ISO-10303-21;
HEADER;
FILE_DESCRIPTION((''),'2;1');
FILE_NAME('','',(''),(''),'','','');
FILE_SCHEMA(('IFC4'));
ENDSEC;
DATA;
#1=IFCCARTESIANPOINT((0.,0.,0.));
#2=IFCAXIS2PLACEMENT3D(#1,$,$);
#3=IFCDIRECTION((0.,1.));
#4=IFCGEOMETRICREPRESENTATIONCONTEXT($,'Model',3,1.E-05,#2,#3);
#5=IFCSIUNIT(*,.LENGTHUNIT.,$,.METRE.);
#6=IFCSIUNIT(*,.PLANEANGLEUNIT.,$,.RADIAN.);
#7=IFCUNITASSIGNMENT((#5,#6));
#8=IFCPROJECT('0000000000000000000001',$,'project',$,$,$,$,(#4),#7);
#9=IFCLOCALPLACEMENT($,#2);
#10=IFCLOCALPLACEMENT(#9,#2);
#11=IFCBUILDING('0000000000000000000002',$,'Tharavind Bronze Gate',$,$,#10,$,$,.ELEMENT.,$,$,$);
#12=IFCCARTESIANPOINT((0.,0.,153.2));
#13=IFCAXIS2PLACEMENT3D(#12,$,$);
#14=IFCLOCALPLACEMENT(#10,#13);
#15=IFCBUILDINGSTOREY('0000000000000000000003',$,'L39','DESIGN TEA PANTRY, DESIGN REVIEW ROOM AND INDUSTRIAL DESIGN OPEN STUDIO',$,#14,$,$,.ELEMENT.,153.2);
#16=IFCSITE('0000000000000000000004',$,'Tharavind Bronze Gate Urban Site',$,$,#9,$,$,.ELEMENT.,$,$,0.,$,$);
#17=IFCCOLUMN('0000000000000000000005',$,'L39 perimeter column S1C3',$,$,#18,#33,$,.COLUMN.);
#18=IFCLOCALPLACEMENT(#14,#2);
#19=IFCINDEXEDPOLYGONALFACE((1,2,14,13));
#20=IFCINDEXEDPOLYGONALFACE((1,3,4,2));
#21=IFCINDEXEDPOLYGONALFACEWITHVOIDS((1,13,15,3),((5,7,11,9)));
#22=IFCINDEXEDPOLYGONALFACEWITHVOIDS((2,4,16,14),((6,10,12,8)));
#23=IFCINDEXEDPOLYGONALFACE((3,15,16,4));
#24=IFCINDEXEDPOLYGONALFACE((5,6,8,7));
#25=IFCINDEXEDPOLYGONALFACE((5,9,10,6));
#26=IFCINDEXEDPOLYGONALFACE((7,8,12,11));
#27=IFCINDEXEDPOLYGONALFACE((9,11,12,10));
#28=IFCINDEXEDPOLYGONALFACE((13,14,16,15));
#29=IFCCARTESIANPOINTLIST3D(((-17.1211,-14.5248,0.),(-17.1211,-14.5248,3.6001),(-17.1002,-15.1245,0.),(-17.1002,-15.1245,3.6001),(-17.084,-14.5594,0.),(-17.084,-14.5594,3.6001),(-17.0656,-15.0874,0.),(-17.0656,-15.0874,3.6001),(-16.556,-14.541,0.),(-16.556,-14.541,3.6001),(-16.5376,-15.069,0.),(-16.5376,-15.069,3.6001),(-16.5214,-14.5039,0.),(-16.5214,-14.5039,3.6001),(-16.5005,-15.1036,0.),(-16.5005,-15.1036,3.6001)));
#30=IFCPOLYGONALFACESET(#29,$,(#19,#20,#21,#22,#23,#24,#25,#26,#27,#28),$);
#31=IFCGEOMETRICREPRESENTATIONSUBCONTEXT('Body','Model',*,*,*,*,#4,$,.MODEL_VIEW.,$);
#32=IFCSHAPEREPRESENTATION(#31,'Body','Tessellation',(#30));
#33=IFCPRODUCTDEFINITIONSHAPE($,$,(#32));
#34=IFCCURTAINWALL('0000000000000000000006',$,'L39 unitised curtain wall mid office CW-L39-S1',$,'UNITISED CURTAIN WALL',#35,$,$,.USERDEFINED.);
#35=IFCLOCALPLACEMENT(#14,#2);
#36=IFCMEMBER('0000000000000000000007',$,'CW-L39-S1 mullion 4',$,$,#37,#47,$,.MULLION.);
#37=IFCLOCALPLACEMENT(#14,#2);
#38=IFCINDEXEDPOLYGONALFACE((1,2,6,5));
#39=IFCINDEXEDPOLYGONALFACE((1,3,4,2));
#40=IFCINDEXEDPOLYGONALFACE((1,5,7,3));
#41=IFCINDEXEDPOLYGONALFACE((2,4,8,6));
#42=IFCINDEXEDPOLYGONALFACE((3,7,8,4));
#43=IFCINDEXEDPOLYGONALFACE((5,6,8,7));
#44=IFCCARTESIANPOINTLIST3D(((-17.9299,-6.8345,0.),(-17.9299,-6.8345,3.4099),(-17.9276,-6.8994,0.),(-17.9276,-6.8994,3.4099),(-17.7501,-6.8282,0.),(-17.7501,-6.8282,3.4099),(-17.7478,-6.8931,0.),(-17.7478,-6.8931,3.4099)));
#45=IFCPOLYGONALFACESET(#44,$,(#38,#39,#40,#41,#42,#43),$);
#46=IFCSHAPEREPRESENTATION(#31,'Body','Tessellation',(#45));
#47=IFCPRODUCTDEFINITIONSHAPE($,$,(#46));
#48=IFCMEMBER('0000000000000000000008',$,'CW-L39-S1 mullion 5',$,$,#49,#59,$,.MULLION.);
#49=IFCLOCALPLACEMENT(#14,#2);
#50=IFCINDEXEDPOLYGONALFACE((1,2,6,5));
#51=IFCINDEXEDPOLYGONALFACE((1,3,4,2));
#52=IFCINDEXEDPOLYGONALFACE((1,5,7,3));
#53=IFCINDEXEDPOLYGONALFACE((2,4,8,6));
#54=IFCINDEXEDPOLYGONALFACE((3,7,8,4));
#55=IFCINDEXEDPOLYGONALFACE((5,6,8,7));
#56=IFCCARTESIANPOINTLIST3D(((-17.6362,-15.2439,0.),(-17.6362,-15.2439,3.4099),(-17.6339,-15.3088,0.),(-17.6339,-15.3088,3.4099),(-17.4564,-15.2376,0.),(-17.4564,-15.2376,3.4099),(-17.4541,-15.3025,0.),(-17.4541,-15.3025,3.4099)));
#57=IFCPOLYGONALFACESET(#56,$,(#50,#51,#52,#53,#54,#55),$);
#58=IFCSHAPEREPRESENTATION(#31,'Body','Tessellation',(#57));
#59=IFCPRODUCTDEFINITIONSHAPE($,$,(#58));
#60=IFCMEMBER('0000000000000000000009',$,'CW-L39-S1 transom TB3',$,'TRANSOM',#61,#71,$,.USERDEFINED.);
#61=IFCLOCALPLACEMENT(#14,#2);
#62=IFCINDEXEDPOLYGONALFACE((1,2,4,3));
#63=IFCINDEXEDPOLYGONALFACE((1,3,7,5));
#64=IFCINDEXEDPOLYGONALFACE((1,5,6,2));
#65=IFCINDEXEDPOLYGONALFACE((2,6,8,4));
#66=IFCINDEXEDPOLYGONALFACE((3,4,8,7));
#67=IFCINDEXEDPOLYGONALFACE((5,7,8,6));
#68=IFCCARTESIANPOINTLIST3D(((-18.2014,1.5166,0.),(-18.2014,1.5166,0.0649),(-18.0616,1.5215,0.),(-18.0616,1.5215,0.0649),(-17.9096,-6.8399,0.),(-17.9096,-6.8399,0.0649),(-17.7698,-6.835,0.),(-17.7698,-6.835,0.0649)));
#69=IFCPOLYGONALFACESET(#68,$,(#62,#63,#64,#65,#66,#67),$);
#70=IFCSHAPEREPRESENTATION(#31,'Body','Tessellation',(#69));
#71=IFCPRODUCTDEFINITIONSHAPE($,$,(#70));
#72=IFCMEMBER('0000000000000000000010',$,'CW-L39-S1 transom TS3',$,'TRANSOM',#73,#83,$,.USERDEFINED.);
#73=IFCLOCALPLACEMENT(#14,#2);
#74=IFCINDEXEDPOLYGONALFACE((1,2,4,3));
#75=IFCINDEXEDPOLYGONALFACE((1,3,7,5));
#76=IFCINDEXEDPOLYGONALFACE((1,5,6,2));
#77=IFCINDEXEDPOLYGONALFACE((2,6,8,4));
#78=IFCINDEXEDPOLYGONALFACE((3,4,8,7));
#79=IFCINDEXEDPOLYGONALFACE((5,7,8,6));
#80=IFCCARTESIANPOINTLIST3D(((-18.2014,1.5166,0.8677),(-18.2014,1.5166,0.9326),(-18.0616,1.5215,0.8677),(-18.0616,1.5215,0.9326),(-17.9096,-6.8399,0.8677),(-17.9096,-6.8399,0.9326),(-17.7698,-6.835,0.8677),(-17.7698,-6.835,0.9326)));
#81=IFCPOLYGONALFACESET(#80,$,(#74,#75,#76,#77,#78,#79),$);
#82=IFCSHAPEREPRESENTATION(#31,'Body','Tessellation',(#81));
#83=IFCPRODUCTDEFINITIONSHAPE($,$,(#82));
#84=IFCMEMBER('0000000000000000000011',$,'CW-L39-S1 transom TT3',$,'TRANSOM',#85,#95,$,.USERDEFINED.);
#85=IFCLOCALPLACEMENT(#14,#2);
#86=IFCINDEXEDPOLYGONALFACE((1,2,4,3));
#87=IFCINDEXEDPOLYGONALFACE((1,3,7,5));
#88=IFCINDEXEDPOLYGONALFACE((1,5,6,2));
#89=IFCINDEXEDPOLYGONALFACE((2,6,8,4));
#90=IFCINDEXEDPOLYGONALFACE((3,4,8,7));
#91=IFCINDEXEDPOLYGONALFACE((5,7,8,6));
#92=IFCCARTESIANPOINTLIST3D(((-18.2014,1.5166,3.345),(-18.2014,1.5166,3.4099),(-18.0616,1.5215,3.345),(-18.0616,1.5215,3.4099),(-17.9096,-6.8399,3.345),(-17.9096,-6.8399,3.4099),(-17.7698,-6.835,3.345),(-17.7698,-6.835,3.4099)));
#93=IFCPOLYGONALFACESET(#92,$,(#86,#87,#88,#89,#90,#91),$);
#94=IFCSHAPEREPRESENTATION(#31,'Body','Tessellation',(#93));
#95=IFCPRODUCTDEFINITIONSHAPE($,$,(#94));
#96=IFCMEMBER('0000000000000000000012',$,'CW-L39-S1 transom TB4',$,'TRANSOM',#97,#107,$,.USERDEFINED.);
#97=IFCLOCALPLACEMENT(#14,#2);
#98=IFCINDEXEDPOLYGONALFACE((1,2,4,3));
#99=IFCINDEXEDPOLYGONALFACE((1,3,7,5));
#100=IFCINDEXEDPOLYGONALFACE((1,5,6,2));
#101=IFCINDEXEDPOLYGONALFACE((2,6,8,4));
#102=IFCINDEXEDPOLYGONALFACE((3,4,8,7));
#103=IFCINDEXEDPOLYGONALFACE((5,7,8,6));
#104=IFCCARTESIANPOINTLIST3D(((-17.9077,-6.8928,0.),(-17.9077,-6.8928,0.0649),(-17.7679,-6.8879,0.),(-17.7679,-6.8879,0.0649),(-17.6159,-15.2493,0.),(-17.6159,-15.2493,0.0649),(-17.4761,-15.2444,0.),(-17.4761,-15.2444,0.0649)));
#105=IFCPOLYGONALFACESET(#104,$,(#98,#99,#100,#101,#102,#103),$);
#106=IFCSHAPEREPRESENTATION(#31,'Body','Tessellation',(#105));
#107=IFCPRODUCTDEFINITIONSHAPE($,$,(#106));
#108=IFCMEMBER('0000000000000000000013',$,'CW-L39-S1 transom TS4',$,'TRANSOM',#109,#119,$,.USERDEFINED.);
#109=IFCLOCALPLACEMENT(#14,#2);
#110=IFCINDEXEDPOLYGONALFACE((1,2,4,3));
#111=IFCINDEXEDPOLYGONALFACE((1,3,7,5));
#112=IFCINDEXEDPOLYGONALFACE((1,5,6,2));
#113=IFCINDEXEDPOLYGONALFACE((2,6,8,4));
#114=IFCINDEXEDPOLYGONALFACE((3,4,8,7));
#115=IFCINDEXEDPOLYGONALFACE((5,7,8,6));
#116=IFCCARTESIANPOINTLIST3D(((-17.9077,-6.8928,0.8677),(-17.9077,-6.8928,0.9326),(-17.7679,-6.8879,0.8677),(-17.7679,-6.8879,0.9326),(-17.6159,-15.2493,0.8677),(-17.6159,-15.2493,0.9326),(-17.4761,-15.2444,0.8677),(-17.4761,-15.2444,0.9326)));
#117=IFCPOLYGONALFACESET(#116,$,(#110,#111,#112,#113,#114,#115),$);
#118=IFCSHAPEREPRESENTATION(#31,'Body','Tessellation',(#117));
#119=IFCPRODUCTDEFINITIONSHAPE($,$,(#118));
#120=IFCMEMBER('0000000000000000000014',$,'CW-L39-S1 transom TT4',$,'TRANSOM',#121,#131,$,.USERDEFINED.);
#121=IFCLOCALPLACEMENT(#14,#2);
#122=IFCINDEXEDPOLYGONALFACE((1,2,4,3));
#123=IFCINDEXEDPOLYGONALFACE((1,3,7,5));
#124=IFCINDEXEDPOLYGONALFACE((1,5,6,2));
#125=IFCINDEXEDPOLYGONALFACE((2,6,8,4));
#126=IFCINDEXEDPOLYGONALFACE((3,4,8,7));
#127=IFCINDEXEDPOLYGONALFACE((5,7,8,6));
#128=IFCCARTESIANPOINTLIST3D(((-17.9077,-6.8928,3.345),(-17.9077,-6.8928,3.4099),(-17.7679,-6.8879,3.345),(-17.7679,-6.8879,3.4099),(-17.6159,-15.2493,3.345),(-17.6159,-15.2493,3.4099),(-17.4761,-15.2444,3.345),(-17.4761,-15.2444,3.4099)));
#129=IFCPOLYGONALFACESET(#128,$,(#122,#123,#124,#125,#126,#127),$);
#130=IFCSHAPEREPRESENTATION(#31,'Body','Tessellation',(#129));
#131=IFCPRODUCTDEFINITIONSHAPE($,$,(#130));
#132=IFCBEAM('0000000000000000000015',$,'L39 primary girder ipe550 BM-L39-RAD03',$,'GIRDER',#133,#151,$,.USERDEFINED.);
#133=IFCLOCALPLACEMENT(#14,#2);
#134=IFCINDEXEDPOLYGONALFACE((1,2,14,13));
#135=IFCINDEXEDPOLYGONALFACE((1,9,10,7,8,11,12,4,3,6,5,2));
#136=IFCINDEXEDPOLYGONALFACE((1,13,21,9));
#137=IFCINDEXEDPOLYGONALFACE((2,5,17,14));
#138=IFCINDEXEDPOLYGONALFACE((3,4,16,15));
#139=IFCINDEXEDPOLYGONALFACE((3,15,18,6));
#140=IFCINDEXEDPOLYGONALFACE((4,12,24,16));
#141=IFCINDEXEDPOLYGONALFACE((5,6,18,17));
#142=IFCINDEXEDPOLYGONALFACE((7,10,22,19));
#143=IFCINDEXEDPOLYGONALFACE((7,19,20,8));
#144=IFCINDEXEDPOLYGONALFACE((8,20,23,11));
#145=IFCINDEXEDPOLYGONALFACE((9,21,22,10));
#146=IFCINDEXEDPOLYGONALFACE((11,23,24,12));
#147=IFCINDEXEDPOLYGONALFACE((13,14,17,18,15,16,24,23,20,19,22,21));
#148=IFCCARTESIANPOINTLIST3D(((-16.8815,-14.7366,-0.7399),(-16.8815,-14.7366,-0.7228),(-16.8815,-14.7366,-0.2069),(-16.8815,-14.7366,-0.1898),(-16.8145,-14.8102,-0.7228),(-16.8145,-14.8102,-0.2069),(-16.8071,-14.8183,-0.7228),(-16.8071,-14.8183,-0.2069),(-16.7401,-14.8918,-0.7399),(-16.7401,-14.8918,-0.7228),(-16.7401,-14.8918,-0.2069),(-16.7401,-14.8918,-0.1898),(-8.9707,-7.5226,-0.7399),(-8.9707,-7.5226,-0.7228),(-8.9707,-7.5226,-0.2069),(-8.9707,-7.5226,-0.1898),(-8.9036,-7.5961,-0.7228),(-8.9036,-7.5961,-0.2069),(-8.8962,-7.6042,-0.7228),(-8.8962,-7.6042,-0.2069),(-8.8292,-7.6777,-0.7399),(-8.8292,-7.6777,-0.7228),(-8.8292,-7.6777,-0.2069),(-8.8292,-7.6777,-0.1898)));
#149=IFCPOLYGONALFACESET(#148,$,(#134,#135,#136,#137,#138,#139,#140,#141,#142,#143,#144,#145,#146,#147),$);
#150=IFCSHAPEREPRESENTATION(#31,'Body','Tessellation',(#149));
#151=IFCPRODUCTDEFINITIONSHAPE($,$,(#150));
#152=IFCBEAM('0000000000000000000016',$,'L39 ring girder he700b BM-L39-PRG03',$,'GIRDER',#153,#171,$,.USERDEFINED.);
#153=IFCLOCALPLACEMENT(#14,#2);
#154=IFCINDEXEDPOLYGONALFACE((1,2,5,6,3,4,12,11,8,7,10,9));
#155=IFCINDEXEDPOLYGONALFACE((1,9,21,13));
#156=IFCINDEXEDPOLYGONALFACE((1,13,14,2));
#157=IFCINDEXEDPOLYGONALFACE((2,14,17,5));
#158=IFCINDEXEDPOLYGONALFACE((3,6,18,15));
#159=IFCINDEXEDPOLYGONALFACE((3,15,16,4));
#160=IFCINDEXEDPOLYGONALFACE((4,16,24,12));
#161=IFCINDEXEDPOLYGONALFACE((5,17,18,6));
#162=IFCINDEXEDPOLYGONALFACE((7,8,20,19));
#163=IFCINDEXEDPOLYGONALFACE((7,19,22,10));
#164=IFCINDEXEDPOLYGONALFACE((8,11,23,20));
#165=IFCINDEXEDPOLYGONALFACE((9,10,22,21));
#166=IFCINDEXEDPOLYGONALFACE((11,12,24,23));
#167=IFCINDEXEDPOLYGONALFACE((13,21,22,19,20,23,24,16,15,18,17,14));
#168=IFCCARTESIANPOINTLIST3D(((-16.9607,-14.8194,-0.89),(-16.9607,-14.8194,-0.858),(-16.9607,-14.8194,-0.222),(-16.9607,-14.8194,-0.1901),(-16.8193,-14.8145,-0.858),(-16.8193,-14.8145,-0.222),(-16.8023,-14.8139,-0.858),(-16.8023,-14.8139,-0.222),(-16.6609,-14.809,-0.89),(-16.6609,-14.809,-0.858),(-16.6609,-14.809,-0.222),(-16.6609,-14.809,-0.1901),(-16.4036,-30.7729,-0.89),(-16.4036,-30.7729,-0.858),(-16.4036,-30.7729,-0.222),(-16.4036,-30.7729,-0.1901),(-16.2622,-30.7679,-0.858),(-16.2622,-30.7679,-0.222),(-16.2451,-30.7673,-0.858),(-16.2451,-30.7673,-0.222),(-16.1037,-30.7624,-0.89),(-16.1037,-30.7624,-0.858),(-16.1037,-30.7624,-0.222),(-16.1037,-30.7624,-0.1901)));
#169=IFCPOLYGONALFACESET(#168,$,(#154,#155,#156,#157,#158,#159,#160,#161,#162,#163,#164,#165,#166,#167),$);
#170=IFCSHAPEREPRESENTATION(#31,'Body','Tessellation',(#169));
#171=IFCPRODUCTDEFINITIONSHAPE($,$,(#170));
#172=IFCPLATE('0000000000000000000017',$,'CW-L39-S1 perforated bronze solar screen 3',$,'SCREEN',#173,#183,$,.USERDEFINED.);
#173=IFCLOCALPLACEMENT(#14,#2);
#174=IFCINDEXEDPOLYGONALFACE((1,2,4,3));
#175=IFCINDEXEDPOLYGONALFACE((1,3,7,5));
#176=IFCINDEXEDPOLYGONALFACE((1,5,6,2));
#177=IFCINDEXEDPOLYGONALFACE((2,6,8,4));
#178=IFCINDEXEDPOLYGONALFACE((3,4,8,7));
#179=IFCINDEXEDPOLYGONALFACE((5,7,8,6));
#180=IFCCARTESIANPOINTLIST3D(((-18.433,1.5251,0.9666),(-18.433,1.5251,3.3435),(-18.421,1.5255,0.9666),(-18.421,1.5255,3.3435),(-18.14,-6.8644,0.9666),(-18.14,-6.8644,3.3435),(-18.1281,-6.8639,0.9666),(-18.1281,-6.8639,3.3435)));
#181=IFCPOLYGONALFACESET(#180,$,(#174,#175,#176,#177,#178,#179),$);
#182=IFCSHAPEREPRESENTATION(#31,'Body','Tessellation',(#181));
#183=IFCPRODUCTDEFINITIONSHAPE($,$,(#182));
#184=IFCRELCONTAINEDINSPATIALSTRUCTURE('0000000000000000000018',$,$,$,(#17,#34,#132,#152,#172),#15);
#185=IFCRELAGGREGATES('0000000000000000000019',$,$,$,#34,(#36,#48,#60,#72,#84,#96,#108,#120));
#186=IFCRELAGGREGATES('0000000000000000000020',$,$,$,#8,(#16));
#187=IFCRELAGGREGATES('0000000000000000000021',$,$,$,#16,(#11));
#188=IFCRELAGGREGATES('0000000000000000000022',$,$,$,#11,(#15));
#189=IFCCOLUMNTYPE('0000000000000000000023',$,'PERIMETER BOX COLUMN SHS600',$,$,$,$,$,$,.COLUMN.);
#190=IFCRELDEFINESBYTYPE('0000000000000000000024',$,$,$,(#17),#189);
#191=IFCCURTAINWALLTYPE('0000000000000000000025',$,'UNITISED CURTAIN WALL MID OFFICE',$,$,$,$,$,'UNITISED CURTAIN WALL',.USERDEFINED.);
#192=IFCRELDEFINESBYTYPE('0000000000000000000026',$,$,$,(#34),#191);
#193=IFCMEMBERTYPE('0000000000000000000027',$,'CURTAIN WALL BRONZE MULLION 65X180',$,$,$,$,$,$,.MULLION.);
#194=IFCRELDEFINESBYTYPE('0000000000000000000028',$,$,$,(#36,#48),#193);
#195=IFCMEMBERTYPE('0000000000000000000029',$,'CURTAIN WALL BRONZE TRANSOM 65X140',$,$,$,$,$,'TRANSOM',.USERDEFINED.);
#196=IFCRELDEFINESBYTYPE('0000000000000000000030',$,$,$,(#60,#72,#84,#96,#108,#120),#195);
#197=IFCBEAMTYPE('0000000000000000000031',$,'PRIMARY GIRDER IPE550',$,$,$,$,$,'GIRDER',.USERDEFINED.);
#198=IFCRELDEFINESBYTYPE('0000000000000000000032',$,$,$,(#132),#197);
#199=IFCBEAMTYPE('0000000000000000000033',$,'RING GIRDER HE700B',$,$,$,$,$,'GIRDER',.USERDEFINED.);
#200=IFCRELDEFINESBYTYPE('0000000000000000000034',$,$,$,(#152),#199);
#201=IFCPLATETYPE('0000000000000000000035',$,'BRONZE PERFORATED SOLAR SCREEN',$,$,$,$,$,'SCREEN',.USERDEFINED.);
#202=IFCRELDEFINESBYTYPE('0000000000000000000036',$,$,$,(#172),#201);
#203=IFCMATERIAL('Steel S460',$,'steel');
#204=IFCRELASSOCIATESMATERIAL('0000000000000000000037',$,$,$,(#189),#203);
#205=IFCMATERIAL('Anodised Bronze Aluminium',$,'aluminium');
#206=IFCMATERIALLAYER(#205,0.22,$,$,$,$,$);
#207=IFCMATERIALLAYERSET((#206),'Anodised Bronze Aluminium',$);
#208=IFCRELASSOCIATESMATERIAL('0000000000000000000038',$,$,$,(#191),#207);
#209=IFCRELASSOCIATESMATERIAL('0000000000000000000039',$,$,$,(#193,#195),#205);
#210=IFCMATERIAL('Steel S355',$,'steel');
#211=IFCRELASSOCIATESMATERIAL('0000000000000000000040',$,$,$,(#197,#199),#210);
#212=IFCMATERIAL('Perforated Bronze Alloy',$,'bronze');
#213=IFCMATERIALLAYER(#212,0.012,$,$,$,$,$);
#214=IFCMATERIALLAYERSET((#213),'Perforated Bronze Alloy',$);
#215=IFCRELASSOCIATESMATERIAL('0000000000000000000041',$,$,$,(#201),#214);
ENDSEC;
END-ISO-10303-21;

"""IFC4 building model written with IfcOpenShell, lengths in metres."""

from ifc_helpers import new_model, si_unit, direction, frame, origin, origin_2d, place, context, subcontext, project, spatial, rectangle, hollow_rectangle, i_section, extrude, material, layer, layer_set, material_profile, profile_set, type_object, element, aggregate, save


model = new_model("IFC4")

# Units and contexts
model_context = context("Model", 3, precision=1e-05, world=origin(), true_north=direction((0.0, 1.0)))
body_context = subcontext(model_context, "Body", "Model", "MODEL_VIEW")
ifc_project = project(units=[si_unit("LENGTHUNIT", "METRE"), si_unit("PLANEANGLEUNIT", "RADIAN")], contexts=[model_context])

# Site, building, storey
site_placement = place(None, origin())
site = spatial("IfcSite", under=ifc_project, at=site_placement, Name="Tharavind Bronze Gate Urban Site", CompositionType="ELEMENT", RefElevation=0.0)
building_placement = place(site_placement, origin())
building = spatial("IfcBuilding", under=site, at=building_placement, Name="Tharavind Bronze Gate", CompositionType="ELEMENT")
storey_placement = place(building_placement, frame((0.0, 0.0, 153.2)))
storey = spatial("IfcBuildingStorey", under=building, at=storey_placement, Name="L39", Description="DESIGN TEA PANTRY, DESIGN REVIEW ROOM AND INDUSTRIAL DESIGN OPEN STUDIO", CompositionType="ELEMENT", Elevation=153.2)

# Column
ifc_material_1 = material(Name="Steel S460", Category="steel")
ifc_material_profile_1 = material_profile(ifc_material_1, hollow_rectangle(XDim=0.6001, YDim=0.6001, WallThickness=0.0359, at=origin_2d()), Name="SHS600X36")
ifc_profile_set_1 = profile_set([ifc_material_profile_1], Name="Steel S460")
column_type = type_object("IfcColumnType", Name="PERIMETER BOX COLUMN SHS600", PredefinedType="COLUMN", material=ifc_profile_set_1)
column_placement = place(storey_placement, frame((-16.8108, -14.8142, 0.0), z_axis=(0.0, 0.0, 1.0), x_axis=(-0.034899, 0.999391, 0.0)))
element("IfcColumn", 1, at=column_placement, inside=storey, type_object=column_type, Name="L39 perimeter column S1C3", PredefinedType="COLUMN", context=body_context, shape_type="SweptSolid", body=[
    extrude(hollow_rectangle(XDim=0.6001, YDim=0.6001, WallThickness=0.0359, at=origin_2d()), origin(), (0.0, 0.0, 1.0), 3.6001),
])

# Curtain wall, members
ifc_material_2 = material(Name="Anodised Bronze Aluminium", Category="aluminium")
ifc_layer_1 = layer(ifc_material_2, 0.22)
ifc_layer_set_1 = layer_set([ifc_layer_1], Name="Anodised Bronze Aluminium")
curtain_wall_type = type_object("IfcCurtainWallType", Name="UNITISED CURTAIN WALL MID OFFICE", ElementType="UNITISED CURTAIN WALL", PredefinedType="USERDEFINED", material=ifc_layer_set_1)
curtain_wall_placement = place(storey_placement, origin())
curtain_wall = element("IfcCurtainWall", 2, at=curtain_wall_placement, inside=storey, type_object=curtain_wall_type, Name="L39 unitised curtain wall mid office CW-L39-S1", ObjectType="UNITISED CURTAIN WALL", PredefinedType="USERDEFINED")
member_type_1 = type_object("IfcMemberType", Name="CURTAIN WALL BRONZE MULLION 65X180", PredefinedType="MULLION", material=ifc_material_2)
member_1_placement = place(storey_placement, frame((-17.8389, -6.8638, 0.0), z_axis=(0.0, 0.0, 1.0), x_axis=(0.034899, -0.999391, 0.0)))
member_1 = element("IfcMember", 3, at=member_1_placement, type_object=member_type_1, Name="CW-L39-S1 mullion 4", PredefinedType="MULLION", context=body_context, shape_type="SweptSolid", body=[
    extrude(rectangle(XDim=0.0649, YDim=0.1799, at=origin_2d()), origin(), (0.0, 0.0, 1.0), 3.4099),
])
member_2_placement = place(storey_placement, frame((-17.5452, -15.2732, 0.0), z_axis=(0.0, 0.0, 1.0), x_axis=(0.034899, -0.999391, 0.0)))
member_2 = element("IfcMember", 4, at=member_2_placement, type_object=member_type_1, Name="CW-L39-S1 mullion 5", PredefinedType="MULLION", context=body_context, shape_type="SweptSolid", body=[
    extrude(rectangle(XDim=0.0649, YDim=0.1799, at=origin_2d()), origin(), (0.0, 0.0, 1.0), 3.4099),
])
member_type_2 = type_object("IfcMemberType", Name="CURTAIN WALL BRONZE TRANSOM 65X140", ElementType="TRANSOM", PredefinedType="USERDEFINED", material=ifc_material_2)
member_3_placement = place(storey_placement, frame((-17.9856, -2.6592, 0.0), z_axis=(0.0, 0.0, 1.0), x_axis=(0.034899, -0.999391, 0.0)))
member_3 = element("IfcMember", 5, at=member_3_placement, type_object=member_type_2, Name="CW-L39-S1 transom TB3", ObjectType="TRANSOM", PredefinedType="USERDEFINED", context=body_context, shape_type="SweptSolid", body=[
    extrude(rectangle(XDim=8.3616, YDim=0.1399, at=origin_2d()), origin(), (0.0, 0.0, 1.0), 0.0649),
])
member_4_placement = place(storey_placement, frame((-17.9856, -2.6592, 0.8677), z_axis=(0.0, 0.0, 1.0), x_axis=(0.034899, -0.999391, 0.0)))
member_4 = element("IfcMember", 6, at=member_4_placement, type_object=member_type_2, Name="CW-L39-S1 transom TS3", ObjectType="TRANSOM", PredefinedType="USERDEFINED", context=body_context, shape_type="SweptSolid", body=[
    extrude(rectangle(XDim=8.3616, YDim=0.1399, at=origin_2d()), origin(), (0.0, 0.0, 1.0), 0.0649),
])
member_5_placement = place(storey_placement, frame((-17.9856, -2.6592, 3.345), z_axis=(0.0, 0.0, 1.0), x_axis=(0.034899, -0.999391, 0.0)))
member_5 = element("IfcMember", 7, at=member_5_placement, type_object=member_type_2, Name="CW-L39-S1 transom TT3", ObjectType="TRANSOM", PredefinedType="USERDEFINED", context=body_context, shape_type="SweptSolid", body=[
    extrude(rectangle(XDim=8.3616, YDim=0.1399, at=origin_2d()), origin(), (0.0, 0.0, 1.0), 0.0649),
])
member_6_placement = place(storey_placement, frame((-17.6919, -11.0686, 0.0), z_axis=(0.0, 0.0, 1.0), x_axis=(0.034899, -0.999391, 0.0)))
member_6 = element("IfcMember", 8, at=member_6_placement, type_object=member_type_2, Name="CW-L39-S1 transom TB4", ObjectType="TRANSOM", PredefinedType="USERDEFINED", context=body_context, shape_type="SweptSolid", body=[
    extrude(rectangle(XDim=8.3616, YDim=0.1399, at=origin_2d()), origin(), (0.0, 0.0, 1.0), 0.0649),
])
member_7_placement = place(storey_placement, frame((-17.6919, -11.0686, 0.8677), z_axis=(0.0, 0.0, 1.0), x_axis=(0.034899, -0.999391, 0.0)))
member_7 = element("IfcMember", 9, at=member_7_placement, type_object=member_type_2, Name="CW-L39-S1 transom TS4", ObjectType="TRANSOM", PredefinedType="USERDEFINED", context=body_context, shape_type="SweptSolid", body=[
    extrude(rectangle(XDim=8.3616, YDim=0.1399, at=origin_2d()), origin(), (0.0, 0.0, 1.0), 0.0649),
])
member_8_placement = place(storey_placement, frame((-17.6919, -11.0686, 3.345), z_axis=(0.0, 0.0, 1.0), x_axis=(0.034899, -0.999391, 0.0)))
member_8 = element("IfcMember", 10, at=member_8_placement, type_object=member_type_2, Name="CW-L39-S1 transom TT4", ObjectType="TRANSOM", PredefinedType="USERDEFINED", context=body_context, shape_type="SweptSolid", body=[
    extrude(rectangle(XDim=8.3616, YDim=0.1399, at=origin_2d()), origin(), (0.0, 0.0, 1.0), 0.0649),
])

# Beams
ifc_material_3 = material(Name="Steel S355", Category="steel")
ifc_material_profile_2 = material_profile(ifc_material_3, i_section(OverallWidth=0.21, OverallDepth=0.55, WebThickness=0.011, FlangeThickness=0.0171, at=origin_2d()), Name="IPE550")
ifc_profile_set_2 = profile_set([ifc_material_profile_2], Name="Steel S355")
beam_type_1 = type_object("IfcBeamType", Name="PRIMARY GIRDER IPE550", ElementType="GIRDER", PredefinedType="USERDEFINED", material=ifc_profile_set_2)
beam_1_placement = place(storey_placement, frame((-16.8108, -14.8142, -0.4648), z_axis=(0.738898, 0.673817, 0.0), x_axis=(-0.673817, 0.738898, 0.0)))
element("IfcBeam", 11, at=beam_1_placement, inside=storey, type_object=beam_type_1, Name="L39 primary girder ipe550 BM-L39-RAD03", ObjectType="GIRDER", PredefinedType="USERDEFINED", context=body_context, shape_type="SweptSolid", body=[
    extrude(i_section(OverallWidth=0.21, OverallDepth=0.55, WebThickness=0.011, FlangeThickness=0.0171, at=origin_2d()), origin(), (0.0, 0.0, 1.0), 10.7063),
])
ifc_material_profile_3 = material_profile(ifc_material_3, i_section(OverallWidth=0.3, OverallDepth=0.7, WebThickness=0.0171, FlangeThickness=0.032, at=origin_2d()), Name="HE700B")
ifc_profile_set_3 = profile_set([ifc_material_profile_3], Name="Steel S355")
beam_type_2 = type_object("IfcBeamType", Name="RING GIRDER HE700B", ElementType="GIRDER", PredefinedType="USERDEFINED", material=ifc_profile_set_3)
beam_2_placement = place(storey_placement, frame((-16.8108, -14.8142, -0.54), z_axis=(0.034901, -0.999391, 0.0), x_axis=(0.999391, 0.034901, 0.0)))
element("IfcBeam", 12, at=beam_2_placement, inside=storey, type_object=beam_type_2, Name="L39 ring girder he700b BM-L39-PRG03", ObjectType="GIRDER", PredefinedType="USERDEFINED", context=body_context, shape_type="SweptSolid", body=[
    extrude(i_section(OverallWidth=0.3, OverallDepth=0.7, WebThickness=0.0171, FlangeThickness=0.032, at=origin_2d()), origin(), (0.0, 0.0, 1.0), 15.9631),
])

# Plate
ifc_material_4 = material(Name="Perforated Bronze Alloy", Category="bronze")
ifc_layer_2 = layer(ifc_material_4, 0.012)
ifc_layer_set_2 = layer_set([ifc_layer_2], Name="Perforated Bronze Alloy")
plate_type_1 = type_object("IfcPlateType", Name="BRONZE PERFORATED SOLAR SCREEN", ElementType="SCREEN", PredefinedType="USERDEFINED", material=ifc_layer_set_2)
plate_1_placement = place(storey_placement, frame((-18.2805, -2.6694, 0.9666), z_axis=(0.0, 0.0, 1.0), x_axis=(0.034899, -0.999391, 0.0)))
element("IfcPlate", 13, at=plate_1_placement, inside=storey, type_object=plate_type_1, Name="CW-L39-S1 perforated bronze solar screen 3", ObjectType="SCREEN", PredefinedType="USERDEFINED", context=body_context, shape_type="SweptSolid", body=[
    extrude(rectangle(XDim=8.3945, YDim=0.012, at=origin_2d()), origin(), (0.0, 0.0, 1.0), 2.377),
])
aggregate(curtain_wall, [member_1, member_2, member_3, member_4, member_5, member_6, member_7, member_8])

save(model, "model.ifc")
